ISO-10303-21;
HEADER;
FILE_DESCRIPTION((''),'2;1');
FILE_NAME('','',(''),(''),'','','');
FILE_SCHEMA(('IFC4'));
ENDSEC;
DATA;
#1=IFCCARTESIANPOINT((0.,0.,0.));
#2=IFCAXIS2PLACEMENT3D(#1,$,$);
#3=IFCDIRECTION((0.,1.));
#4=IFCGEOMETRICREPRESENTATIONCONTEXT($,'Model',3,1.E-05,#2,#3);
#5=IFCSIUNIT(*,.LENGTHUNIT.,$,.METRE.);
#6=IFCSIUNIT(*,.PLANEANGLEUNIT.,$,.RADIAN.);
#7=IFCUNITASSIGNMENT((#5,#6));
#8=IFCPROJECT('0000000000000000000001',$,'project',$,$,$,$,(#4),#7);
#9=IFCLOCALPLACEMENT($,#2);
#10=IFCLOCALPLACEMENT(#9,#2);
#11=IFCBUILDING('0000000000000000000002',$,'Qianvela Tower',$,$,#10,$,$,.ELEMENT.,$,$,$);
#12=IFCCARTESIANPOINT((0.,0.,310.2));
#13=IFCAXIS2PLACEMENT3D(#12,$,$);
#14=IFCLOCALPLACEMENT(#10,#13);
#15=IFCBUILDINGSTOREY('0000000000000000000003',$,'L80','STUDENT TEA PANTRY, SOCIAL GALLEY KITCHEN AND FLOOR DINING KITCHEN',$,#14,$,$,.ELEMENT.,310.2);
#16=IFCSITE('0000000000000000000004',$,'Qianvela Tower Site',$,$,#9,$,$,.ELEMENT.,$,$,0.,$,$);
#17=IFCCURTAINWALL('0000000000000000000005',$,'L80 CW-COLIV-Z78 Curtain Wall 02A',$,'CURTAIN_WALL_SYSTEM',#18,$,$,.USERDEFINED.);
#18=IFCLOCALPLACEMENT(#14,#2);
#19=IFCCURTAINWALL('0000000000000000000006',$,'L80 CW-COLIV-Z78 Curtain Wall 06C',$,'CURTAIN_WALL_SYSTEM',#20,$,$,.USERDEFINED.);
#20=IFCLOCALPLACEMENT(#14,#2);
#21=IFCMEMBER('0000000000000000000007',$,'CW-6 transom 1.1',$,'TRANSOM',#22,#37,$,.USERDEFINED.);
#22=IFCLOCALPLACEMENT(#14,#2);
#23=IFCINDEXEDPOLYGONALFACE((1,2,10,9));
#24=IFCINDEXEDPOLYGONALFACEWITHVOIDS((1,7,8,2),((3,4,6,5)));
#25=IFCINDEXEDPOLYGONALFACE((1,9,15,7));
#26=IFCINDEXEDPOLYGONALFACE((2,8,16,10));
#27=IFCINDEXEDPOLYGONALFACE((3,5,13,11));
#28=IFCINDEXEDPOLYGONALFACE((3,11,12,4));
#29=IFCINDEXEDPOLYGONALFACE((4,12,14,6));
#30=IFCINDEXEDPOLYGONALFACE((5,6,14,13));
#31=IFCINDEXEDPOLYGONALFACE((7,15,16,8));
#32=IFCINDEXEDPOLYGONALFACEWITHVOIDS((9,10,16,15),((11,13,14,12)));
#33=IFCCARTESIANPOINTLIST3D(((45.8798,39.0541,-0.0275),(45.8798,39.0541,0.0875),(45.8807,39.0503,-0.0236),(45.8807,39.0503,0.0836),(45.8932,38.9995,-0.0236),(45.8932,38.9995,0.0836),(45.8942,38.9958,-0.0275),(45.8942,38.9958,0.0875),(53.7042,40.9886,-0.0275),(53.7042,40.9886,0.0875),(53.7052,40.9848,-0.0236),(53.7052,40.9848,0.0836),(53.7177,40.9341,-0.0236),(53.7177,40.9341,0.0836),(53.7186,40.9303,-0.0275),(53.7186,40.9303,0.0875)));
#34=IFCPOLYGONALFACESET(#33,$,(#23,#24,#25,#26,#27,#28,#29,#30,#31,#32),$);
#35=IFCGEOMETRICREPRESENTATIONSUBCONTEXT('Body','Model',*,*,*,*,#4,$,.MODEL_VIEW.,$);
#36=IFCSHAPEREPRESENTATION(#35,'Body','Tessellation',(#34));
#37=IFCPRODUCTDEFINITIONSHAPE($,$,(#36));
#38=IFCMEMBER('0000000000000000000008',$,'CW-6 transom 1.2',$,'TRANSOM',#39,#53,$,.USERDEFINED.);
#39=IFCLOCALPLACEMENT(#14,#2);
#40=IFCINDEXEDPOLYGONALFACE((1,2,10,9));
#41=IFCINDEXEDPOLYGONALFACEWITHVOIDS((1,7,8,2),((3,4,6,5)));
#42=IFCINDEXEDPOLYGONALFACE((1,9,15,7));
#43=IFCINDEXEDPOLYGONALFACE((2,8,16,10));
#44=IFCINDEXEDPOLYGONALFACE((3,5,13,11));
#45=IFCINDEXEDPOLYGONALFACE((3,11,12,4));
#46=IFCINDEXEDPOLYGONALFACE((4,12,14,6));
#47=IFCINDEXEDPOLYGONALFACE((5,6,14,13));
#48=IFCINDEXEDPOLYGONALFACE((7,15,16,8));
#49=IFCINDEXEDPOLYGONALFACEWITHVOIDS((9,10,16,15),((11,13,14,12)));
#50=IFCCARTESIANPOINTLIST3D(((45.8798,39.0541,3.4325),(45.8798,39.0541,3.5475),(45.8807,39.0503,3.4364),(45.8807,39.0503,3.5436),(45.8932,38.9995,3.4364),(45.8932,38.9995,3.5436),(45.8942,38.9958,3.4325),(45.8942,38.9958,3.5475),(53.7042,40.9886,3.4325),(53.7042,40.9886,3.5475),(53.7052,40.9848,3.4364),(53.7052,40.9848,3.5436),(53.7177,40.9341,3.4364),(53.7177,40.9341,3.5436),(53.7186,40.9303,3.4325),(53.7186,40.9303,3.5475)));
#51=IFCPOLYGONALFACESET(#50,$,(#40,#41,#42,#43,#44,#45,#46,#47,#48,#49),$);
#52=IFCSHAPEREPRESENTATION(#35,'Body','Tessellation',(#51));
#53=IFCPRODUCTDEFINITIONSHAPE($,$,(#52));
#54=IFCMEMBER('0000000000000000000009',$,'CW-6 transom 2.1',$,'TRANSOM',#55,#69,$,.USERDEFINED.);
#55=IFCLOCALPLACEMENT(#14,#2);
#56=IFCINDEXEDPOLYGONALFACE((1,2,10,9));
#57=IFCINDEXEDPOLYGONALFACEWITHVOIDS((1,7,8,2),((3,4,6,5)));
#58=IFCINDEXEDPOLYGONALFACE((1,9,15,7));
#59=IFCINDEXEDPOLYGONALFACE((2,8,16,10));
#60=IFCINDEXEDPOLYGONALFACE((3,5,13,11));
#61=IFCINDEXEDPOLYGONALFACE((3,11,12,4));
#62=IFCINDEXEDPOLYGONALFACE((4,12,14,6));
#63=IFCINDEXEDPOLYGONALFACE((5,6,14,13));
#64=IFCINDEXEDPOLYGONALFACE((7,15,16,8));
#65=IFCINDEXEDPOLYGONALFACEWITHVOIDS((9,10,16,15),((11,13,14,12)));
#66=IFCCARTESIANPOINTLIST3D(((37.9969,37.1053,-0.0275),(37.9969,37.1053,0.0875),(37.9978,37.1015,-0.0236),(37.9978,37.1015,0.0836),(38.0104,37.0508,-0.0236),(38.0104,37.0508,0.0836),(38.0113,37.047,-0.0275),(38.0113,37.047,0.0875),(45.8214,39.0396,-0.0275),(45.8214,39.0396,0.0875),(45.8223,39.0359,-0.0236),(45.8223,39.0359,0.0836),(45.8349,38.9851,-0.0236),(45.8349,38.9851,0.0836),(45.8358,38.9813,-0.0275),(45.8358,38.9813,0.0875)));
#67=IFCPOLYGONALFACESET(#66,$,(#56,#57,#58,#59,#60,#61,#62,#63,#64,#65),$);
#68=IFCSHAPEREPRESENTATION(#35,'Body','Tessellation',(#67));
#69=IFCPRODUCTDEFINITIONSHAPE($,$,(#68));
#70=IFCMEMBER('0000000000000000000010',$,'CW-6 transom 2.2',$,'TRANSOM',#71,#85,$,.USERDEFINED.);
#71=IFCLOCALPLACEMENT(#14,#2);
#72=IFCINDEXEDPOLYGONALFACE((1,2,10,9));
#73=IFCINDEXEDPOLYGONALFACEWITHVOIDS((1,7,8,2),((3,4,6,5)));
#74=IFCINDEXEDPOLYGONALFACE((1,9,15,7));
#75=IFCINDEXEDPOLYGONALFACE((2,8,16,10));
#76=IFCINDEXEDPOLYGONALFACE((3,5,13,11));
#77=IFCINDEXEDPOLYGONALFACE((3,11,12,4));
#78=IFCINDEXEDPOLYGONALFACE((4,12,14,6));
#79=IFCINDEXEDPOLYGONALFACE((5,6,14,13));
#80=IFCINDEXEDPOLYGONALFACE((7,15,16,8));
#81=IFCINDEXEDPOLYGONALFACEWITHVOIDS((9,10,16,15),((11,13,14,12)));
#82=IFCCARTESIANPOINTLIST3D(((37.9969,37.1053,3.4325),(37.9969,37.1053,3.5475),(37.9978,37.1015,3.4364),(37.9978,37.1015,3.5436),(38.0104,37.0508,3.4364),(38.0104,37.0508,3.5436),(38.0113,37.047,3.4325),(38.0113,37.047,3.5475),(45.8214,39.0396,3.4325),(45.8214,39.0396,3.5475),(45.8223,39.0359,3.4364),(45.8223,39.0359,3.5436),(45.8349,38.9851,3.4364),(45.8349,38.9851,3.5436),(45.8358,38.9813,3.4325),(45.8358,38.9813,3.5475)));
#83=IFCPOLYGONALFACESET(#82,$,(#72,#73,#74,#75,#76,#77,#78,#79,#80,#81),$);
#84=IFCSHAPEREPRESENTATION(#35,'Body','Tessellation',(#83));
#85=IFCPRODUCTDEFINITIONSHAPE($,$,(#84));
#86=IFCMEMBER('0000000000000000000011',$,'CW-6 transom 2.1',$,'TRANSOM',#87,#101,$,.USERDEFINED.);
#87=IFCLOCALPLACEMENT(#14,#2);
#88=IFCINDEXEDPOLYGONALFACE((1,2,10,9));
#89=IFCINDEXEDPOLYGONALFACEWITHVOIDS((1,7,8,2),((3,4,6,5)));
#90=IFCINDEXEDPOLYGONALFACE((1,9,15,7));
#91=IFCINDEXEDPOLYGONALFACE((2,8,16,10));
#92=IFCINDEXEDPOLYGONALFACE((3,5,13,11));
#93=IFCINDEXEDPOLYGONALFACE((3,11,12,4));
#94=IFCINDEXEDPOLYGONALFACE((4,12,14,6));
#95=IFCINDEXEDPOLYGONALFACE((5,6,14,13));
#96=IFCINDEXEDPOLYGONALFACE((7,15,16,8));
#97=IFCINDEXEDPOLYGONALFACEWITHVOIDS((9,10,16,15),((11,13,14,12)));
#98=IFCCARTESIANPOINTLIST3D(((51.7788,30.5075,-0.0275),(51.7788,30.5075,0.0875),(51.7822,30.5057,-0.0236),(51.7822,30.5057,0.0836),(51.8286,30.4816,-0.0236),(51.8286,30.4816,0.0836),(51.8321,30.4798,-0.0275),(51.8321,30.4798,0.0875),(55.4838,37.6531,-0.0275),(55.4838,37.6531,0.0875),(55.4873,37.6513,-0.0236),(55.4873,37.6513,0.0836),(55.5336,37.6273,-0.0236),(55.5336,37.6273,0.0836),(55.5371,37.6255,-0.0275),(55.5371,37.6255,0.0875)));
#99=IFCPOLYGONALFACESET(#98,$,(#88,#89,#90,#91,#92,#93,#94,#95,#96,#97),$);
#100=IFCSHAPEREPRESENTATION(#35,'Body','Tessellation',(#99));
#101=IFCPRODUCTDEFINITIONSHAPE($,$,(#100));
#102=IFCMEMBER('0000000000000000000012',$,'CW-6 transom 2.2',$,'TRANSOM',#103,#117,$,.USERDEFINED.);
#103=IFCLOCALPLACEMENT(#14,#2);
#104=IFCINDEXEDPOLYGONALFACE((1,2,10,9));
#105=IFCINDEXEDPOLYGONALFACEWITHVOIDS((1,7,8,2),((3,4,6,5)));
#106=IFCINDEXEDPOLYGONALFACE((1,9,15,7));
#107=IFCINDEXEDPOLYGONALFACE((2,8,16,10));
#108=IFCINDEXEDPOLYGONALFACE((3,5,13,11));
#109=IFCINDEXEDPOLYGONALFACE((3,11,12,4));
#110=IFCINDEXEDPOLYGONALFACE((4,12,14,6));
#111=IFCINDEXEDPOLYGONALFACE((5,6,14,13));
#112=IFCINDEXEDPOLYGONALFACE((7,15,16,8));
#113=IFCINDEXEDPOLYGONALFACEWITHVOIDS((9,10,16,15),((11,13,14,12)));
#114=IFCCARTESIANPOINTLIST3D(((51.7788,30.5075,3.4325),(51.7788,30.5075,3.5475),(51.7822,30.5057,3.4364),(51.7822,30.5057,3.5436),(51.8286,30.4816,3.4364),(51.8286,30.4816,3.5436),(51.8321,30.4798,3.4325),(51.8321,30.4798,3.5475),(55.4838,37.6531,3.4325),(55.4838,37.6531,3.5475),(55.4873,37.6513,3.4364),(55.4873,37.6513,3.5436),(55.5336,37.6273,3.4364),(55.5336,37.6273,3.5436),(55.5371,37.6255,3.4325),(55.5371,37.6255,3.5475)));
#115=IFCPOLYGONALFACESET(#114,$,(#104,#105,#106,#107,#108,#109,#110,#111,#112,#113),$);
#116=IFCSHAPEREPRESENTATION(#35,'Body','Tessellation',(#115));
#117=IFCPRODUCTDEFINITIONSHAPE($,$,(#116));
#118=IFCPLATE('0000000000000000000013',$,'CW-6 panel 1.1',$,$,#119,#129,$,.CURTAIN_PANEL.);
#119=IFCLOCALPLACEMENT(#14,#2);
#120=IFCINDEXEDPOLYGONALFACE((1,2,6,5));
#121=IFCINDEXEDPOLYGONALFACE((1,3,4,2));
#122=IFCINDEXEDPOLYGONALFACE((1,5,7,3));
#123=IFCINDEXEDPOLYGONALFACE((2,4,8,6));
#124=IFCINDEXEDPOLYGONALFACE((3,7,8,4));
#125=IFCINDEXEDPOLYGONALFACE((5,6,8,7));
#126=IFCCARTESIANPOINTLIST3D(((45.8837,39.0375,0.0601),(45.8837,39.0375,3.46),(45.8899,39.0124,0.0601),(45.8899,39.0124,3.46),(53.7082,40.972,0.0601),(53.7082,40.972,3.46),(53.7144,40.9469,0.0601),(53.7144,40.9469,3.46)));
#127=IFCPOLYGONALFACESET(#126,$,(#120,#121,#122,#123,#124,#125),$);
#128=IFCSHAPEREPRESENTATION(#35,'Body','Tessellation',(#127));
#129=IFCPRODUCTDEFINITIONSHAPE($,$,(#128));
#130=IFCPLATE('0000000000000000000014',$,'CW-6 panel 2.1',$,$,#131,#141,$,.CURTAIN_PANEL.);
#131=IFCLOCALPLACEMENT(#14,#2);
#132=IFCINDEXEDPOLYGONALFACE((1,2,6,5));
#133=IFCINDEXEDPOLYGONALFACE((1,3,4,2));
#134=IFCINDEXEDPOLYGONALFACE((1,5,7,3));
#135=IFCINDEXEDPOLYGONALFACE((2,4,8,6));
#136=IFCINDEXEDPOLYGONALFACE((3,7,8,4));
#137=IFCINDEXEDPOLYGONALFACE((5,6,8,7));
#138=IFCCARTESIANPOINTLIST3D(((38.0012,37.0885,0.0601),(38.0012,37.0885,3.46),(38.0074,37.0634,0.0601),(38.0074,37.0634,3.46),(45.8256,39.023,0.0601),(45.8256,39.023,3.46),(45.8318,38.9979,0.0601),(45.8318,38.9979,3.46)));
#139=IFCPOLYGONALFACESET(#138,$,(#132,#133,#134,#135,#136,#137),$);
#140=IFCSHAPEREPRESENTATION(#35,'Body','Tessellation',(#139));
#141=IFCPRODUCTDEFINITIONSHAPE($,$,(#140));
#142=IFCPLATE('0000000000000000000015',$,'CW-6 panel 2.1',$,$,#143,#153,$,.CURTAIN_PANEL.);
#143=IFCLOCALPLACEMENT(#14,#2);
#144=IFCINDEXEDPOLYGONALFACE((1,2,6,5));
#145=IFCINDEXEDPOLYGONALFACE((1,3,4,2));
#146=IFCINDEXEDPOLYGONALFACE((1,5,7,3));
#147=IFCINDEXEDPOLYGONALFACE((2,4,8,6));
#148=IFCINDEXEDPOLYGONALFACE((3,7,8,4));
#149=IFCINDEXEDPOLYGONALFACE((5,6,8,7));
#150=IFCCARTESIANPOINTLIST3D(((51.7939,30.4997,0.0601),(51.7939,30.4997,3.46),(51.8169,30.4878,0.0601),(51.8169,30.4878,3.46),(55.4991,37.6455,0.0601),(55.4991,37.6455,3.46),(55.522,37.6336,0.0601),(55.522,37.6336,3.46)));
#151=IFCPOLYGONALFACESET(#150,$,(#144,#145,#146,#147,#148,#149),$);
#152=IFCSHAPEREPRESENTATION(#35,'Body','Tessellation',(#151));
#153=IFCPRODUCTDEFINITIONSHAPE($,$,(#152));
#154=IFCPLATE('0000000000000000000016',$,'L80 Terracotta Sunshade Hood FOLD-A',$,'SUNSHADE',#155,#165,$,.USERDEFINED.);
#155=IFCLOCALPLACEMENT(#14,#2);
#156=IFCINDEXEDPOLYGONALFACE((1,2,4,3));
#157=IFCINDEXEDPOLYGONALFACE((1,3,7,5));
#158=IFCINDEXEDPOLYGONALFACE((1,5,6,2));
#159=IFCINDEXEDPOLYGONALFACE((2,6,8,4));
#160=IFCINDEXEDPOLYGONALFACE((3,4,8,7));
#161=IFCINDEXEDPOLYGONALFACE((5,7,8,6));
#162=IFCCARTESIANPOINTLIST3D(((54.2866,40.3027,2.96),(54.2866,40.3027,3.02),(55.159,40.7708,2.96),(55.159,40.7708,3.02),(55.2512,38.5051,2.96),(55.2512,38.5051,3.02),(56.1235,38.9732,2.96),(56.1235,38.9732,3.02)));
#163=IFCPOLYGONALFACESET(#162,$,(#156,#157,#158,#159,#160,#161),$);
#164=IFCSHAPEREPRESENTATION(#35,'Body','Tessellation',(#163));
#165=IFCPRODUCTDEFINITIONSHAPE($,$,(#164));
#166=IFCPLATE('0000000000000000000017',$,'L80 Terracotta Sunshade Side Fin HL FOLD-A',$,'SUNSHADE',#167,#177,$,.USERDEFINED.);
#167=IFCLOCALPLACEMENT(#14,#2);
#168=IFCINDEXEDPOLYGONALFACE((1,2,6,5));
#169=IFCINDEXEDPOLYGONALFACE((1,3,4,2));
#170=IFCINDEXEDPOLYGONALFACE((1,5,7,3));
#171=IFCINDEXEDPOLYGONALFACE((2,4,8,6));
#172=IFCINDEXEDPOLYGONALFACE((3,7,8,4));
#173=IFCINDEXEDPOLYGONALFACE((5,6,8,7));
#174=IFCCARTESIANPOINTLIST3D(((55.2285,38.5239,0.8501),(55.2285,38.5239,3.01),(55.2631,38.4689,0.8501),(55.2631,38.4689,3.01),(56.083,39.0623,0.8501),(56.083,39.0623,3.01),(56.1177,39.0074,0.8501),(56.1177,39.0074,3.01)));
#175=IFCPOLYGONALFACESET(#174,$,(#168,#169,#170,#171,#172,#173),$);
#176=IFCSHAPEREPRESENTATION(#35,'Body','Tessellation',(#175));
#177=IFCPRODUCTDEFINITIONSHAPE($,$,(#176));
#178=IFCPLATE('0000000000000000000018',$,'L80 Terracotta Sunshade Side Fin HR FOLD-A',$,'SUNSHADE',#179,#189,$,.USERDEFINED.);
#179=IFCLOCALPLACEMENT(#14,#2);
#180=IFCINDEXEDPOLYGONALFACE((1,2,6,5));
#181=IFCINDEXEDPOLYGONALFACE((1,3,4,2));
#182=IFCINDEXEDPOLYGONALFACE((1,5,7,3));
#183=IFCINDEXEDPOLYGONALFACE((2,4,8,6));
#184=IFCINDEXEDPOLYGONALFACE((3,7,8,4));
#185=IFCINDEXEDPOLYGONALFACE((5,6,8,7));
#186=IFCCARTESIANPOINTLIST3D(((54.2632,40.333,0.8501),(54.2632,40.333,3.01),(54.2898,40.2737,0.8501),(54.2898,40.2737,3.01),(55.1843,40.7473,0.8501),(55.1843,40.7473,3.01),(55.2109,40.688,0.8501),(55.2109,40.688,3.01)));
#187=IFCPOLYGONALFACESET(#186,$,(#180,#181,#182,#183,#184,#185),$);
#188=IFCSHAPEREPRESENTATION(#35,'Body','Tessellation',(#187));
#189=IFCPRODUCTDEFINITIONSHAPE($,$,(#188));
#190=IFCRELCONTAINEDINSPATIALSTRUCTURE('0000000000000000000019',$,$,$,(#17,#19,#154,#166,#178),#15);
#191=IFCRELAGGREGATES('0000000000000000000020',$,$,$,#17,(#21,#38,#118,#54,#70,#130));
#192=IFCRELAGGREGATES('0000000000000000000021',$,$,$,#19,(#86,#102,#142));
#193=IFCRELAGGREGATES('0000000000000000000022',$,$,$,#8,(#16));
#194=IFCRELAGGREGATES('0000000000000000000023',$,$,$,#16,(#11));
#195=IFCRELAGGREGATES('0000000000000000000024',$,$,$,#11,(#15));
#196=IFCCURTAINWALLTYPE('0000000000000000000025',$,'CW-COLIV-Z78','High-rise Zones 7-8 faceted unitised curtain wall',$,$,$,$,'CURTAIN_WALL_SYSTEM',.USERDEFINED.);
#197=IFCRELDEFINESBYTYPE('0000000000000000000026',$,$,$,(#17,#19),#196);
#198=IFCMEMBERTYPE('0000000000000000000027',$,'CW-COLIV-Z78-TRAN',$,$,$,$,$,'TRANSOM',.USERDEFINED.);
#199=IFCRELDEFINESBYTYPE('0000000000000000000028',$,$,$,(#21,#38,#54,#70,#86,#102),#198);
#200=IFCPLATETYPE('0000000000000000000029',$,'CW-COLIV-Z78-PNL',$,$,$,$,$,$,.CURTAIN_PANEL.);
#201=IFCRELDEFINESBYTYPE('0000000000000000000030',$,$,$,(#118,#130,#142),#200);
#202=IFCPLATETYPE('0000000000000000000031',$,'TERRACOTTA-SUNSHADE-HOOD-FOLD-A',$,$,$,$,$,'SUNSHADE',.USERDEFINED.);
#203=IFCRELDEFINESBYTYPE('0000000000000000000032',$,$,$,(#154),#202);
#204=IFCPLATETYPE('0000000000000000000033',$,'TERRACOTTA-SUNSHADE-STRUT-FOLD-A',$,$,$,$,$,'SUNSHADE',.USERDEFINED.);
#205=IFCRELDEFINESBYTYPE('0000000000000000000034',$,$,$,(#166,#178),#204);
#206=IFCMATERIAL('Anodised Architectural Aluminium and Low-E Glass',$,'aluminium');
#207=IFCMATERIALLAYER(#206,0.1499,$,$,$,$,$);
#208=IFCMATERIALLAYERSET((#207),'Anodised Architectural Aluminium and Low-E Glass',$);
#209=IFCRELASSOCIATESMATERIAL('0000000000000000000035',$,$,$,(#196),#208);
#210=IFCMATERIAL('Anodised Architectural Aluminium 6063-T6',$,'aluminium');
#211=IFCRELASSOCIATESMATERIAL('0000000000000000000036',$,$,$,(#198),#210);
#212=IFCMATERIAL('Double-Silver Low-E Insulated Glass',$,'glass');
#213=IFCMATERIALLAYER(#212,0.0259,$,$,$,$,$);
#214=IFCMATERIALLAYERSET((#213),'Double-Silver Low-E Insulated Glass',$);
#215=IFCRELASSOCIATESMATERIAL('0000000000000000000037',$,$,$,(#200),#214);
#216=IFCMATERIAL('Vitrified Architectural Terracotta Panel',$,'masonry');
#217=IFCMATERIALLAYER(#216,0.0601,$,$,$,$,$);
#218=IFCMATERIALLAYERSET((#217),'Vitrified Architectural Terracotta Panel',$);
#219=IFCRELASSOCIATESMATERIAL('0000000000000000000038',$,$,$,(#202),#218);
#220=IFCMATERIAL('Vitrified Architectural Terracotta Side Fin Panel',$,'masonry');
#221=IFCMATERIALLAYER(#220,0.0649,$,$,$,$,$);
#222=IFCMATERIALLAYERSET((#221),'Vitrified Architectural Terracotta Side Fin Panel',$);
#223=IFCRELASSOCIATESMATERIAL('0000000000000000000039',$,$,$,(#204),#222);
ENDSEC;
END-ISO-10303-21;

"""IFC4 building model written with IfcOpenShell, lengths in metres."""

from ifc_helpers import new_model, si_unit, direction, frame, origin, origin_2d, place, context, subcontext, project, spatial, rectangle, hollow_rectangle, extrude, material, layer, layer_set, material_profile, profile_set, type_object, element, aggregate, save


model = new_model("IFC4")

# Units and contexts
model_context = context("Model", 3, precision=1e-05, world=origin(), true_north=direction((0.0, 1.0)))
body_context = subcontext(model_context, "Body", "Model", "MODEL_VIEW")
ifc_project = project(units=[si_unit("LENGTHUNIT", "METRE"), si_unit("PLANEANGLEUNIT", "RADIAN")], contexts=[model_context])

# Site, building, storey
site_placement = place(None, origin())
site = spatial("IfcSite", under=ifc_project, at=site_placement, Name="Qianvela Tower Site", CompositionType="ELEMENT", RefElevation=0.0)
building_placement = place(site_placement, origin())
building = spatial("IfcBuilding", under=site, at=building_placement, Name="Qianvela Tower", CompositionType="ELEMENT")
storey_placement = place(building_placement, frame((0.0, 0.0, 310.2)))
storey = spatial("IfcBuildingStorey", under=building, at=storey_placement, Name="L80", Description="STUDENT TEA PANTRY, SOCIAL GALLEY KITCHEN AND FLOOR DINING KITCHEN", CompositionType="ELEMENT", Elevation=310.2)

# Curtain walls
ifc_material_1 = material(Name="Anodised Architectural Aluminium and Low-E Glass", Category="aluminium")
ifc_layer_1 = layer(ifc_material_1, 0.1499)
ifc_layer_set_1 = layer_set([ifc_layer_1], Name="Anodised Architectural Aluminium and Low-E Glass")
curtain_wall_type = type_object("IfcCurtainWallType", Name="CW-COLIV-Z78", Description="High-rise Zones 7-8 faceted unitised curtain wall", ElementType="CURTAIN_WALL_SYSTEM", PredefinedType="USERDEFINED", material=ifc_layer_set_1)
curtain_wall_1_placement = place(storey_placement, origin())
curtain_wall_1 = element("IfcCurtainWall", 1, at=curtain_wall_1_placement, inside=storey, type_object=curtain_wall_type, Name="L80 CW-COLIV-Z78 Curtain Wall 02A", ObjectType="CURTAIN_WALL_SYSTEM", PredefinedType="USERDEFINED")
curtain_wall_2_placement = place(storey_placement, origin())
curtain_wall_2 = element("IfcCurtainWall", 2, at=curtain_wall_2_placement, inside=storey, type_object=curtain_wall_type, Name="L80 CW-COLIV-Z78 Curtain Wall 06C", ObjectType="CURTAIN_WALL_SYSTEM", PredefinedType="USERDEFINED")

# Members
ifc_material_2 = material(Name="Anodised Architectural Aluminium 6063-T6", Category="aluminium")
ifc_material_profile_1 = material_profile(ifc_material_2, hollow_rectangle(XDim=0.0601, YDim=0.115, WallThickness=0.0039, at=origin_2d()), Name="ALU-TRAN-60x115")
ifc_profile_set_1 = profile_set([ifc_material_profile_1], Name="Anodised Architectural Aluminium 6063-T6")
member_type_1 = type_object("IfcMemberType", Name="CW-COLIV-Z78-TRAN", ElementType="TRANSOM", PredefinedType="USERDEFINED", material=ifc_profile_set_1)
member_1_placement = place(storey_placement, frame((53.7114, 40.9595, 0.03), z_axis=(-0.970768, -0.240019, 0.0), x_axis=(0.240019, -0.970768, 0.0)))
member_1 = element("IfcMember", 3, at=member_1_placement, type_object=member_type_1, Name="CW-6 transom 1.1", ObjectType="TRANSOM", PredefinedType="USERDEFINED", context=body_context, shape_type="SweptSolid", body=[
    extrude(hollow_rectangle(XDim=0.0601, YDim=0.115, WallThickness=0.0039, at=origin_2d()), origin(), (0.0, 0.0, 1.0), 8.0601),
])
member_2_placement = place(storey_placement, frame((53.7114, 40.9595, 3.49), z_axis=(-0.970768, -0.240019, 0.0), x_axis=(0.240019, -0.970768, 0.0)))
member_2 = element("IfcMember", 4, at=member_2_placement, type_object=member_type_1, Name="CW-6 transom 1.2", ObjectType="TRANSOM", PredefinedType="USERDEFINED", context=body_context, shape_type="SweptSolid", body=[
    extrude(hollow_rectangle(XDim=0.0601, YDim=0.115, WallThickness=0.0039, at=origin_2d()), origin(), (0.0, 0.0, 1.0), 8.0601),
])
member_3_placement = place(storey_placement, frame((45.8286, 39.0105, 0.03), z_axis=(-0.970775, -0.23999, 0.0), x_axis=(0.23999, -0.970775, 0.0)))
member_3 = element("IfcMember", 5, at=member_3_placement, type_object=member_type_1, Name="CW-6 transom 2.1", ObjectType="TRANSOM", PredefinedType="USERDEFINED", context=body_context, shape_type="SweptSolid", body=[
    extrude(hollow_rectangle(XDim=0.0601, YDim=0.115, WallThickness=0.0039, at=origin_2d()), origin(), (0.0, 0.0, 1.0), 8.0601),
])
member_4_placement = place(storey_placement, frame((45.8286, 39.0105, 3.49), z_axis=(-0.970775, -0.23999, 0.0), x_axis=(0.23999, -0.970775, 0.0)))
member_4 = element("IfcMember", 6, at=member_4_placement, type_object=member_type_1, Name="CW-6 transom 2.2", ObjectType="TRANSOM", PredefinedType="USERDEFINED", context=body_context, shape_type="SweptSolid", body=[
    extrude(hollow_rectangle(XDim=0.0601, YDim=0.115, WallThickness=0.0039, at=origin_2d()), origin(), (0.0, 0.0, 1.0), 8.0601),
])
member_5_placement = place(storey_placement, frame((51.8054, 30.4937, 0.03), z_axis=(0.460305, 0.887761, 0.0), x_axis=(-0.887761, 0.460305, 0.0)))
member_5 = element("IfcMember", 7, at=member_5_placement, type_object=member_type_1, Name="CW-6 transom 2.1", ObjectType="TRANSOM", PredefinedType="USERDEFINED", context=body_context, shape_type="SweptSolid", body=[
    extrude(hollow_rectangle(XDim=0.0601, YDim=0.115, WallThickness=0.0039, at=origin_2d()), origin(), (0.0, 0.0, 1.0), 8.0491),
])
member_6_placement = place(storey_placement, frame((51.8054, 30.4937, 3.49), z_axis=(0.460305, 0.887761, 0.0), x_axis=(-0.887761, 0.460305, 0.0)))
member_6 = element("IfcMember", 8, at=member_6_placement, type_object=member_type_1, Name="CW-6 transom 2.2", ObjectType="TRANSOM", PredefinedType="USERDEFINED", context=body_context, shape_type="SweptSolid", body=[
    extrude(hollow_rectangle(XDim=0.0601, YDim=0.115, WallThickness=0.0039, at=origin_2d()), origin(), (0.0, 0.0, 1.0), 8.0491),
])

# Plates
ifc_material_3 = material(Name="Double-Silver Low-E Insulated Glass", Category="glass")
ifc_layer_2 = layer(ifc_material_3, 0.0259)
ifc_layer_set_2 = layer_set([ifc_layer_2], Name="Double-Silver Low-E Insulated Glass")
plate_type_1 = type_object("IfcPlateType", Name="CW-COLIV-Z78-PNL", PredefinedType="CURTAIN_PANEL", material=ifc_layer_set_2)
plate_1_placement = place(storey_placement, frame((49.7991, 39.9922, 0.0601), z_axis=(0.0, 0.0, 1.0), x_axis=(-0.970771, -0.240006, 0.0)))
plate_1 = element("IfcPlate", 9, at=plate_1_placement, type_object=plate_type_1, Name="CW-6 panel 1.1", PredefinedType="CURTAIN_PANEL", context=body_context, shape_type="SweptSolid", body=[
    extrude(rectangle(XDim=8.0601, YDim=0.0259, at=origin_2d()), origin(), (0.0, 0.0, 1.0), 3.3999),
])
plate_2_placement = place(storey_placement, frame((41.9165, 38.0432, 0.0601), z_axis=(0.0, 0.0, 1.0), x_axis=(-0.970771, -0.240006, 0.0)))
plate_2 = element("IfcPlate", 10, at=plate_2_placement, type_object=plate_type_1, Name="CW-6 panel 2.1", PredefinedType="CURTAIN_PANEL", context=body_context, shape_type="SweptSolid", body=[
    extrude(rectangle(XDim=8.0601, YDim=0.0259, at=origin_2d()), origin(), (0.0, 0.0, 1.0), 3.3999),
])
aggregate(curtain_wall_1, [member_1, member_2, plate_1, member_3, member_4, plate_2])
plate_3_placement = place(storey_placement, frame((53.658, 34.0667, 0.0601), z_axis=(0.0, 0.0, 1.0), x_axis=(0.460309, 0.887759, 0.0)))
plate_3 = element("IfcPlate", 11, at=plate_3_placement, type_object=plate_type_1, Name="CW-6 panel 2.1", PredefinedType="CURTAIN_PANEL", context=body_context, shape_type="SweptSolid", body=[
    extrude(rectangle(XDim=8.0493, YDim=0.0259, at=origin_2d()), origin(), (0.0, 0.0, 1.0), 3.3999),
])
aggregate(curtain_wall_2, [member_5, member_6, plate_3])

# Plates
ifc_material_4 = material(Name="Vitrified Architectural Terracotta Panel", Category="masonry")
ifc_layer_3 = layer(ifc_material_4, 0.0601)
ifc_layer_set_3 = layer_set([ifc_layer_3], Name="Vitrified Architectural Terracotta Panel")
plate_type_2 = type_object("IfcPlateType", Name="TERRACOTTA-SUNSHADE-HOOD-FOLD-A", ElementType="SUNSHADE", PredefinedType="USERDEFINED", material=ifc_layer_set_3)
plate_4_placement = place(storey_placement, frame((55.2051, 39.6379, 2.96), z_axis=(0.0, 0.0, 1.0), x_axis=(-0.472795, 0.881172, 0.0)))
element("IfcPlate", 12, at=plate_4_placement, inside=storey, type_object=plate_type_2, Name="L80 Terracotta Sunshade Hood FOLD-A", ObjectType="SUNSHADE", PredefinedType="USERDEFINED", context=body_context, shape_type="SweptSolid", body=[
    extrude(rectangle(XDim=2.04, YDim=0.99, at=origin_2d()), origin(), (0.0, 0.0, 1.0), 0.0601),
])
ifc_material_5 = material(Name="Vitrified Architectural Terracotta Side Fin Panel", Category="masonry")
ifc_layer_4 = layer(ifc_material_5, 0.0649)
ifc_layer_set_4 = layer_set([ifc_layer_4], Name="Vitrified Architectural Terracotta Side Fin Panel")
plate_type_3 = type_object("IfcPlateType", Name="TERRACOTTA-SUNSHADE-STRUT-FOLD-A", ElementType="SUNSHADE", PredefinedType="USERDEFINED", material=ifc_layer_set_4)
for number, where, z_axis, x_axis, name in (
    (13, (55.6731, 38.7656, 0.8501), (0.0, 0.0, 1.0), (-0.533111, 0.846045, 0.0), "L80 Terracotta Sunshade Side Fin HL FOLD-A"),
    (14, (54.7371, 40.5105, 0.8501), (0.0, 0.0, 1.0), (-0.410176, 0.912006, 0.0), "L80 Terracotta Sunshade Side Fin HR FOLD-A"),
):
    element("IfcPlate", number, at=place(storey_placement, frame(where, z_axis=z_axis, x_axis=x_axis)), inside=storey, type_object=plate_type_3, Name=name, ObjectType="SUNSHADE", PredefinedType="USERDEFINED", context=body_context, shape_type="SweptSolid", body=[
        extrude(rectangle(XDim=0.0649, YDim=1.01, at=origin_2d()), origin(), (0.0, 0.0, 1.0), 2.1599),
    ])

save(model, "model.ifc")
